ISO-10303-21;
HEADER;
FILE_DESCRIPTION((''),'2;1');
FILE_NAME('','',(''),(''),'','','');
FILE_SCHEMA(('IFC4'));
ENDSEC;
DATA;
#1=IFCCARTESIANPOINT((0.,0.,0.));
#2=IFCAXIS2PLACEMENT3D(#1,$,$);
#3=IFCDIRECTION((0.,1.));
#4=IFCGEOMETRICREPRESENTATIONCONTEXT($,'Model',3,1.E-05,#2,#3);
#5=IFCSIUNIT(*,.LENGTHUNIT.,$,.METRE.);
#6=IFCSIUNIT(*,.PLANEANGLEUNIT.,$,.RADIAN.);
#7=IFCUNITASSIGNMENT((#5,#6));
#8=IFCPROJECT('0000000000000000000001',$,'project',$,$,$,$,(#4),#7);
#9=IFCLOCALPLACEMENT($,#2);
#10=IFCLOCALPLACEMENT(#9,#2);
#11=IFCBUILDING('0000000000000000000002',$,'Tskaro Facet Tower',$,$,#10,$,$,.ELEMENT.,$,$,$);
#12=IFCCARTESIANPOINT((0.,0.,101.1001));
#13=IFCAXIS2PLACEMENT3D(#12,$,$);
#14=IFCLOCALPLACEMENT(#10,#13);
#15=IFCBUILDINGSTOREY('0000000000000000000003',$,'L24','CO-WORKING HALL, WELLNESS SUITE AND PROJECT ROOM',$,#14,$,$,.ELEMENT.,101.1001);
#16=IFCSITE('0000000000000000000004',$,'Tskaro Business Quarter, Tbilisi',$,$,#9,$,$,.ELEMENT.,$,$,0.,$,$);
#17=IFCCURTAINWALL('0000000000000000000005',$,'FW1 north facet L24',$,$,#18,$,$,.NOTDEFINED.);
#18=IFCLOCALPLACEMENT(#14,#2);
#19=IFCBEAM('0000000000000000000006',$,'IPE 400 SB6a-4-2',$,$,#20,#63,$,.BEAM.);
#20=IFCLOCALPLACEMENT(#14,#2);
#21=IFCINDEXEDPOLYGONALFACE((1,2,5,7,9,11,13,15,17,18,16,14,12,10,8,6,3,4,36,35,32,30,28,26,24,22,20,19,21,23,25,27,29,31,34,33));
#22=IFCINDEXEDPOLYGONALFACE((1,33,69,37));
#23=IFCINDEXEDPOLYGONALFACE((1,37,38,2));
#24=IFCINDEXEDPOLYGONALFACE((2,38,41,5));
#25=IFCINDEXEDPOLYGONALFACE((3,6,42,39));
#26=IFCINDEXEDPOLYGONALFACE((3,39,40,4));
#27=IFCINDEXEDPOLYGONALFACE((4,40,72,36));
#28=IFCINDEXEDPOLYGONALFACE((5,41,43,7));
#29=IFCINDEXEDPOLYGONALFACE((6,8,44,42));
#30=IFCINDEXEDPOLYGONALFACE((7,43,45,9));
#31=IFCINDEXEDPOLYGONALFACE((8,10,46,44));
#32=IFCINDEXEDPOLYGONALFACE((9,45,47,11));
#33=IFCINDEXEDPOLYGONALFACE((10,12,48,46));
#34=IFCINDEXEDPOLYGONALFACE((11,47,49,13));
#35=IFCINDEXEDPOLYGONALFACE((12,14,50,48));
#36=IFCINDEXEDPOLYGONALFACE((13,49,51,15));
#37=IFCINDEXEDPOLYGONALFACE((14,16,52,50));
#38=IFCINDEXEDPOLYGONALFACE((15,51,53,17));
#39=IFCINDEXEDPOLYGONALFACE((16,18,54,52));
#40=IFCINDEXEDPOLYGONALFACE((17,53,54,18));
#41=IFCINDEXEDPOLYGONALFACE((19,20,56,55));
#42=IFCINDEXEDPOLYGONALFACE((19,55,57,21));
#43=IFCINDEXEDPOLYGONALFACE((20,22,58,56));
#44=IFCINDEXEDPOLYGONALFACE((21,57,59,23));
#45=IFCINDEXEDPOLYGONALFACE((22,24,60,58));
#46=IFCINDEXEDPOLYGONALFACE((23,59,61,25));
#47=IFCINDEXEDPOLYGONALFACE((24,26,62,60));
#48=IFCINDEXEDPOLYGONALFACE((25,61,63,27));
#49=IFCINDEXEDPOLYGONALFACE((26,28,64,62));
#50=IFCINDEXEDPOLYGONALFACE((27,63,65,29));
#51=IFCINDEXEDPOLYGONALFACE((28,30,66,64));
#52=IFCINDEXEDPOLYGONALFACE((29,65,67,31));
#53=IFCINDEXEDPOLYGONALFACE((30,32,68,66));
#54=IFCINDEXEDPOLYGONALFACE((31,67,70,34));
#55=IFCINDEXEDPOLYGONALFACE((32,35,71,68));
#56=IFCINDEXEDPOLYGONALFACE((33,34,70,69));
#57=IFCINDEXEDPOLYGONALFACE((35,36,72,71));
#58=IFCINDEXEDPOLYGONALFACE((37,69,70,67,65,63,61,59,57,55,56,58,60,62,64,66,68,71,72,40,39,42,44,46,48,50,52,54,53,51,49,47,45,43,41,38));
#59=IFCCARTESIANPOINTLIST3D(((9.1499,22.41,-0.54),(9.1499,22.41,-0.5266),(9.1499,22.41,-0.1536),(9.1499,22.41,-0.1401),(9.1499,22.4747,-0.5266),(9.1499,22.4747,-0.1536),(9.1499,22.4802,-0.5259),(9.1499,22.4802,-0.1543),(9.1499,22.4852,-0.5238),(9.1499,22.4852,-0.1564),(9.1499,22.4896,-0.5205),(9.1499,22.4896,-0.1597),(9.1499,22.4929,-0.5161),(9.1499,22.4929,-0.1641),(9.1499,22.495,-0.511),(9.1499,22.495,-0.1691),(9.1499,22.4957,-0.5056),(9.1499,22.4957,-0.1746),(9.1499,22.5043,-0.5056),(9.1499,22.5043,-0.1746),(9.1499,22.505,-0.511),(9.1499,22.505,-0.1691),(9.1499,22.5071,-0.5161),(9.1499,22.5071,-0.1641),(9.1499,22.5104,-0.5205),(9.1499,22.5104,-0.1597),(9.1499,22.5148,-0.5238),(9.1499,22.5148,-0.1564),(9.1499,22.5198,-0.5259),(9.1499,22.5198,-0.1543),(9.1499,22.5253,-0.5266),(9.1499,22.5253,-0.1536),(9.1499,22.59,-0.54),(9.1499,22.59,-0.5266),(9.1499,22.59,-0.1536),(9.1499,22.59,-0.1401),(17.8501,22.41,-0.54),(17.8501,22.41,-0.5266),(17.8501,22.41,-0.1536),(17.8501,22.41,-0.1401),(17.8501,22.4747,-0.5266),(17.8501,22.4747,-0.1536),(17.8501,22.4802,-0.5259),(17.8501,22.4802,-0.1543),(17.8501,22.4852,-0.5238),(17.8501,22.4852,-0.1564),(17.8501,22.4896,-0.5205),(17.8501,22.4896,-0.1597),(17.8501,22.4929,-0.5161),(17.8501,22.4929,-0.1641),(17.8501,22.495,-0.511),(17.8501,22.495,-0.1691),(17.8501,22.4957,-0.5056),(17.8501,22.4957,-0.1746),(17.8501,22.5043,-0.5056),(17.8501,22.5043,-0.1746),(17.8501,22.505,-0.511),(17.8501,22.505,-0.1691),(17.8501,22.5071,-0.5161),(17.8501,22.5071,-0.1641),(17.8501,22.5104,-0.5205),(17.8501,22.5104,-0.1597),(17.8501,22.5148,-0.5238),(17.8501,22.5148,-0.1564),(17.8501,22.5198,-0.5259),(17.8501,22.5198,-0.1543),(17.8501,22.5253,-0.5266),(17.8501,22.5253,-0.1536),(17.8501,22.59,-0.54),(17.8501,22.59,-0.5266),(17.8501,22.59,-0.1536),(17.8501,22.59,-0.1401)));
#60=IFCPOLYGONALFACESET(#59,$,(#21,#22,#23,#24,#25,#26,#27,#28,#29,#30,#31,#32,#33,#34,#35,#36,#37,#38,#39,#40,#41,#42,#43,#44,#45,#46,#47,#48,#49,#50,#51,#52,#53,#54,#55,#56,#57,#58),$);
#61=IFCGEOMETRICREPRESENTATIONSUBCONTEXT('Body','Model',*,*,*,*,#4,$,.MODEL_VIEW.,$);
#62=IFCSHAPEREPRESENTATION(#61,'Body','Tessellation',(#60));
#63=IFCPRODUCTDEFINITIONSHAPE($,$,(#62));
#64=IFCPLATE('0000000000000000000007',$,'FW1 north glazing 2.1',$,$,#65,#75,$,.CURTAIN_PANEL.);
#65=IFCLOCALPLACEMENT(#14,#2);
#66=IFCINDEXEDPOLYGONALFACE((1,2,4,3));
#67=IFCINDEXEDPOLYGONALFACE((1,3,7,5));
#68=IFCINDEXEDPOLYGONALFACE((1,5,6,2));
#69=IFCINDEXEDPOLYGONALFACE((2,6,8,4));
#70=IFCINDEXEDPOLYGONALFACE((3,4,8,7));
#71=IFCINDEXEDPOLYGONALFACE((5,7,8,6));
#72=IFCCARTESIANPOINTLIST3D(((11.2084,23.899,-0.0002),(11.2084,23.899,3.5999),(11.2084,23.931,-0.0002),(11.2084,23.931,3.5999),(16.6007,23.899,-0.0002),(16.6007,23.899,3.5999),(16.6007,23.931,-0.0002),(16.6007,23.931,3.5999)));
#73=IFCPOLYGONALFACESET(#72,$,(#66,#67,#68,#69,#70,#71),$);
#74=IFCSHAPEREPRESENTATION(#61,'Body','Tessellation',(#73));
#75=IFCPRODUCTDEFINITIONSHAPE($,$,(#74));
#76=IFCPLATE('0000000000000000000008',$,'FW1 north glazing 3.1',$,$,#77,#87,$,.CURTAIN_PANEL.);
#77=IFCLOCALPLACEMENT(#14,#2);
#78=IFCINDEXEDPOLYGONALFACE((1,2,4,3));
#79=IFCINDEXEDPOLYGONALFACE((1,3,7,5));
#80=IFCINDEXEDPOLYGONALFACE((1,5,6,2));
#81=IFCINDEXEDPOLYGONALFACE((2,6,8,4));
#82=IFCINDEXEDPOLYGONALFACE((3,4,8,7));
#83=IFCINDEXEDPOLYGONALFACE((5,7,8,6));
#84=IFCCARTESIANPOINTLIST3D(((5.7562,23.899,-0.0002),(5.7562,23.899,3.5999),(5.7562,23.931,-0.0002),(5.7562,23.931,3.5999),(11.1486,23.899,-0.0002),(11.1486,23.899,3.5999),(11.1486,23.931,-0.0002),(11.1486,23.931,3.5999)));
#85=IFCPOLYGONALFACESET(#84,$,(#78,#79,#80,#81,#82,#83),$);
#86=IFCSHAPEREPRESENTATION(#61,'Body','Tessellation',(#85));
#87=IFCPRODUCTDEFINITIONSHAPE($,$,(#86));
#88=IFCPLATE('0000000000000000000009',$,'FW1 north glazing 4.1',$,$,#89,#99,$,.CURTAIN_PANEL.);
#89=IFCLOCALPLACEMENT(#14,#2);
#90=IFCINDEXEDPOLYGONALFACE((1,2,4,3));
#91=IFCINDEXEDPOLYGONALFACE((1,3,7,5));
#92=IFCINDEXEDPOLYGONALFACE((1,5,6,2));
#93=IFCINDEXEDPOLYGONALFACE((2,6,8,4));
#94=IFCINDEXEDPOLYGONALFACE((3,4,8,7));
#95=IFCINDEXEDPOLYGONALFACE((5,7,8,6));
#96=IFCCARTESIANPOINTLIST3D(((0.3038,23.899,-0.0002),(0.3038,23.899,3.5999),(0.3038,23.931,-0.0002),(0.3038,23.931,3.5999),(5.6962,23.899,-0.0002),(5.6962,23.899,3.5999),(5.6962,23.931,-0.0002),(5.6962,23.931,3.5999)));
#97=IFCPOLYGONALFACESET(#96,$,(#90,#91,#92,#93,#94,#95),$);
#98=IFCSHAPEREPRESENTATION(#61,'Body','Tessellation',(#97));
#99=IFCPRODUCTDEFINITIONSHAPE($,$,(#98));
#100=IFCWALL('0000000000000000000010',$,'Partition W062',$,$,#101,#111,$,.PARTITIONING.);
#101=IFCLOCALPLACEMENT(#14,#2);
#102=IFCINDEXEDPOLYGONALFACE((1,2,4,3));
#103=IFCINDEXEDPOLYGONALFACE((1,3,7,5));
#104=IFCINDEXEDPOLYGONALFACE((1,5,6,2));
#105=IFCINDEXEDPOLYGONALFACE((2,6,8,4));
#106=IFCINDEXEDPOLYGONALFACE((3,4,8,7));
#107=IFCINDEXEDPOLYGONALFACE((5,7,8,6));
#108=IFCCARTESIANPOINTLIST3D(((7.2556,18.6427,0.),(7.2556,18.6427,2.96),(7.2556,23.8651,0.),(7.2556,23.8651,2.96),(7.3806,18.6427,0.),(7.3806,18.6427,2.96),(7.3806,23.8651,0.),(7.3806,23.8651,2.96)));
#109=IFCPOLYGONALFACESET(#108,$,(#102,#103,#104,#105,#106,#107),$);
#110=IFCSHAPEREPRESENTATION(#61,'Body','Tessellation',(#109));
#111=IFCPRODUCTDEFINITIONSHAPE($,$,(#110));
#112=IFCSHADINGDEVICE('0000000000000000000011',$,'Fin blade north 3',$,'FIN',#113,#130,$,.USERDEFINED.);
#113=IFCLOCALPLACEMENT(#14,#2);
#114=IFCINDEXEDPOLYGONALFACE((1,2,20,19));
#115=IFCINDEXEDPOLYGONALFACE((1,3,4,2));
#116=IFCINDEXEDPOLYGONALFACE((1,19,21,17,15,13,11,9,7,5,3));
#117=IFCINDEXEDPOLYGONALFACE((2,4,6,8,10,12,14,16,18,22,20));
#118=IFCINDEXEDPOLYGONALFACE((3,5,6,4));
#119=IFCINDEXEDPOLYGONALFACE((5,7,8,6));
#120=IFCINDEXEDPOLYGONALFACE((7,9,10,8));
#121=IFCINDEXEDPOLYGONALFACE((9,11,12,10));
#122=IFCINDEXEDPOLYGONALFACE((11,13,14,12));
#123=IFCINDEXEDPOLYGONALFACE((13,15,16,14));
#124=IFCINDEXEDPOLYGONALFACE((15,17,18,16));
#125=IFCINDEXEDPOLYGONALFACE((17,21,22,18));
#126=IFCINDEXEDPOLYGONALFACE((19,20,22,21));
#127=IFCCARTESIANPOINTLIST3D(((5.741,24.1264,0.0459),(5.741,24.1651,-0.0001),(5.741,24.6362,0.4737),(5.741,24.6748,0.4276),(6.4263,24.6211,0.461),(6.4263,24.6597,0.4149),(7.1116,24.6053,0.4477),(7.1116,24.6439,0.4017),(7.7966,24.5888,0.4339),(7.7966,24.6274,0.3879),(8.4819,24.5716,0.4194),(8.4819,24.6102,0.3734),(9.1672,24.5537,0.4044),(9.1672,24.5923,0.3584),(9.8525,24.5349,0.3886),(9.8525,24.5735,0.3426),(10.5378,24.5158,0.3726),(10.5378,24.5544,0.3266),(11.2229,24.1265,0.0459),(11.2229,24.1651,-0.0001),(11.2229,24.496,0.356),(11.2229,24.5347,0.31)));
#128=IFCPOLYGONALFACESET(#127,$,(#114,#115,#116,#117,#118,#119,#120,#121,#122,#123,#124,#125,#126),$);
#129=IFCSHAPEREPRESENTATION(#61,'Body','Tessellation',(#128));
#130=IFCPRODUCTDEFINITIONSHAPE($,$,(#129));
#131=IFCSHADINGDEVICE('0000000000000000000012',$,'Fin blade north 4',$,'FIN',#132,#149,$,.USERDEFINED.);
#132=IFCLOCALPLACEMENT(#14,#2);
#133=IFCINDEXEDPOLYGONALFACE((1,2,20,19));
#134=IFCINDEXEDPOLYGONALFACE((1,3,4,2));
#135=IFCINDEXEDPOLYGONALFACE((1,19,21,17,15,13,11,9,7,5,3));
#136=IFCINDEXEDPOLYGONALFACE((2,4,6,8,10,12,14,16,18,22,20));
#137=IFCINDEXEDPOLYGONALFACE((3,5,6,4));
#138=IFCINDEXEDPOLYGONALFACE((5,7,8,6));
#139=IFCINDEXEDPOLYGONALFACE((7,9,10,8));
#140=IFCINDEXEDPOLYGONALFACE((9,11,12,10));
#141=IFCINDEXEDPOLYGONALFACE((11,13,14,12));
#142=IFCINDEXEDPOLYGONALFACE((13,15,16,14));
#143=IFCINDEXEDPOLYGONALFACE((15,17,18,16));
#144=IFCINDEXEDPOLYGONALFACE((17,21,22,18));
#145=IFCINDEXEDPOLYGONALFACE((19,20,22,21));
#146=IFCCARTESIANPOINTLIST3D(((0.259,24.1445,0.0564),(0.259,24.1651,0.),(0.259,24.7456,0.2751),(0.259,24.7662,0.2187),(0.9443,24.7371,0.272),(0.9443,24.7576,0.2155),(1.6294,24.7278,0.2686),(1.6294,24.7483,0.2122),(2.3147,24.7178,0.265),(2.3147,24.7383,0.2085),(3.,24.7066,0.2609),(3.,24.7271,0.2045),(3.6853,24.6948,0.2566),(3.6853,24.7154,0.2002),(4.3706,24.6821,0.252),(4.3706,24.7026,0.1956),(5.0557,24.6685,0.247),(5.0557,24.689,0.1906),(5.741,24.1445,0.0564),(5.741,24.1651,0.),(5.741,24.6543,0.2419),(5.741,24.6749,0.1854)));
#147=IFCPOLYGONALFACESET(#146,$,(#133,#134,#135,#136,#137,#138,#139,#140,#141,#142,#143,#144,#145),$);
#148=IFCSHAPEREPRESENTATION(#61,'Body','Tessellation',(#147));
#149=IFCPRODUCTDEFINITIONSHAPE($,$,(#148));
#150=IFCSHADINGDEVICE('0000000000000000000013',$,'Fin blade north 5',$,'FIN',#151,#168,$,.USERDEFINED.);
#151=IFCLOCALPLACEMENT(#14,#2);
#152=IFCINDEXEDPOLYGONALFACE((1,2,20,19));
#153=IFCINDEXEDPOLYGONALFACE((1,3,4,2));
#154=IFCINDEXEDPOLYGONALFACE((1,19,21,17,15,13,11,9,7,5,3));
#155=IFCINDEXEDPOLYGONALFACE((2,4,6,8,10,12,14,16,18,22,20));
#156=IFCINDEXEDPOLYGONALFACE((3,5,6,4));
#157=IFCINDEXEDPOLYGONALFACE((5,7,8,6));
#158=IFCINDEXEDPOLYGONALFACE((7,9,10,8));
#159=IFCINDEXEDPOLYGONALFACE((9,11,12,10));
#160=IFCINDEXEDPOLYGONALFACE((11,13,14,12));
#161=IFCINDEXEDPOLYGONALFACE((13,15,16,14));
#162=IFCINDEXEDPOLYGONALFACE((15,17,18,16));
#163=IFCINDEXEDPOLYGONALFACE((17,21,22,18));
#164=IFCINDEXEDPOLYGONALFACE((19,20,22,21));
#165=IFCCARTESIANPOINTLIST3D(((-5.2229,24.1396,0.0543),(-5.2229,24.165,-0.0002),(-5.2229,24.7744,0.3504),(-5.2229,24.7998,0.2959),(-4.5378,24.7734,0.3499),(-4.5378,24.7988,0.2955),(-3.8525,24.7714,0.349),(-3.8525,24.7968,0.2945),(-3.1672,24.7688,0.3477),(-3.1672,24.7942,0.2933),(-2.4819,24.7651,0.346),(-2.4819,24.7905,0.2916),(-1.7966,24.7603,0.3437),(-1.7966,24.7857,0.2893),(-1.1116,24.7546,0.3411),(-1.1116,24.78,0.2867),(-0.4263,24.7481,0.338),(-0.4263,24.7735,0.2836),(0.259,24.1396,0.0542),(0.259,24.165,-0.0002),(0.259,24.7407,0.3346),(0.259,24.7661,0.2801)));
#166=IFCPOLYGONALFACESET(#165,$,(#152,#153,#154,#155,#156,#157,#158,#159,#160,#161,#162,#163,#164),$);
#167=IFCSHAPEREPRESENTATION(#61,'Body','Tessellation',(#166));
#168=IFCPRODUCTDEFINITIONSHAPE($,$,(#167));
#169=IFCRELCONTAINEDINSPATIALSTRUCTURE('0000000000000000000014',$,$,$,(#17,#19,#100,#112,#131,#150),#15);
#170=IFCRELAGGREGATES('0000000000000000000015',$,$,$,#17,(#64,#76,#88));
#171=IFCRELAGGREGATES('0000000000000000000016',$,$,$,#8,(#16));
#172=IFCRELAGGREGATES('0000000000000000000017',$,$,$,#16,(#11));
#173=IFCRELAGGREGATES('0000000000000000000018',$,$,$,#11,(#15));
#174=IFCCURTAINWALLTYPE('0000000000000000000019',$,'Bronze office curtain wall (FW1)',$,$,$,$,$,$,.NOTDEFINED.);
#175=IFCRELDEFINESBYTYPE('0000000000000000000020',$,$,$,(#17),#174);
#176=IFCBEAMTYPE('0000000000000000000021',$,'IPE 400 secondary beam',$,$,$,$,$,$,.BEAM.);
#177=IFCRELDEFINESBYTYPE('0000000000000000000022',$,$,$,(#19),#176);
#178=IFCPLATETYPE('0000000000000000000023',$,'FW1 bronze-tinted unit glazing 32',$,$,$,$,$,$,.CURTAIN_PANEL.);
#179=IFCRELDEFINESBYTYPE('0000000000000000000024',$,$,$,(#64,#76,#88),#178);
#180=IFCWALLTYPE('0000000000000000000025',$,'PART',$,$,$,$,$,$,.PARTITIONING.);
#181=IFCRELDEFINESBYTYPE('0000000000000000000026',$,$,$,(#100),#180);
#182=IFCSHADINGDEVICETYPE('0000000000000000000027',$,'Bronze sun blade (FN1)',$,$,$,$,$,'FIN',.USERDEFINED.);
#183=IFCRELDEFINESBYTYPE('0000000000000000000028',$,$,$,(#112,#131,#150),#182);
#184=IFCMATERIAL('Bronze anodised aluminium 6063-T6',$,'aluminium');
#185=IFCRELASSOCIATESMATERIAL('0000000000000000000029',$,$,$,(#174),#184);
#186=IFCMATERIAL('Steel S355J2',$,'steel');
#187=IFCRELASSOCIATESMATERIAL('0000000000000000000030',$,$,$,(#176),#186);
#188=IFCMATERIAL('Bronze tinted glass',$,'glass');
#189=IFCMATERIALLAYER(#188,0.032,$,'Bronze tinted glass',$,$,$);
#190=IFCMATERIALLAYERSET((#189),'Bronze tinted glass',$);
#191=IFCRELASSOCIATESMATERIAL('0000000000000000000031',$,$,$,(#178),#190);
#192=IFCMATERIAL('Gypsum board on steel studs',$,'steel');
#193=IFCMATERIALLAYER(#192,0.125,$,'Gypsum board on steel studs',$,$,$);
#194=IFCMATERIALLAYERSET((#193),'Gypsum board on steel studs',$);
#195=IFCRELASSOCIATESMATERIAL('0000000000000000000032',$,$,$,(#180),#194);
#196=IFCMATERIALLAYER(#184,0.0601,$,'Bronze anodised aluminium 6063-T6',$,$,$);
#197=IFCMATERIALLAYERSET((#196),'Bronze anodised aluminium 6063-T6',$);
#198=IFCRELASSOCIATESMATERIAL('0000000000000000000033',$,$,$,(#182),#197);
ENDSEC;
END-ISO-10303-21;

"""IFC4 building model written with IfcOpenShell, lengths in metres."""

from ifc_helpers import new_model, si_unit, direction, frame, frame_2d, origin, origin_2d, place, context, subcontext, project, spatial, polyline, rectangle, i_section, outline, extrude, material, layer, layer_set, material_profile, profile_set, type_object, element, aggregate, save


model = new_model("IFC4")

# Units and contexts
model_context = context("Model", 3, precision=1e-05, world=origin(), true_north=direction((0.0, 1.0)))
body_context = subcontext(model_context, "Body", "Model", "MODEL_VIEW")
ifc_project = project(units=[si_unit("LENGTHUNIT", "METRE"), si_unit("PLANEANGLEUNIT", "RADIAN")], contexts=[model_context])

# Site, building, storey
site_placement = place(None, origin())
site = spatial("IfcSite", under=ifc_project, at=site_placement, Name="Tskaro Business Quarter, Tbilisi", CompositionType="ELEMENT", RefElevation=0.0)
building_placement = place(site_placement, origin())
building = spatial("IfcBuilding", under=site, at=building_placement, Name="Tskaro Facet Tower", CompositionType="ELEMENT")
storey_placement = place(building_placement, frame((0.0, 0.0, 101.1001)))
storey = spatial("IfcBuildingStorey", under=building, at=storey_placement, Name="L24", Description="CO-WORKING HALL, WELLNESS SUITE AND PROJECT ROOM", CompositionType="ELEMENT", Elevation=101.1001)

# Curtain wall
ifc_material_1 = material(Name="Bronze anodised aluminium 6063-T6", Category="aluminium")
curtain_wall_type = type_object("IfcCurtainWallType", Name="Bronze office curtain wall (FW1)", PredefinedType="NOTDEFINED", material=ifc_material_1)
curtain_wall_placement = place(storey_placement, origin())
curtain_wall = element("IfcCurtainWall", 1, at=curtain_wall_placement, inside=storey, type_object=curtain_wall_type, Name="FW1 north facet L24", PredefinedType="NOTDEFINED")

# Beam
ifc_material_2 = material(Name="Steel S355J2", Category="steel")
ifc_material_profile_1 = material_profile(ifc_material_2, i_section(OverallWidth=0.1799, OverallDepth=0.3999, WebThickness=0.0085, FlangeThickness=0.0134, FilletRadius=0.021, at=origin_2d()), Name="IPE 400")
ifc_profile_set_1 = profile_set([ifc_material_profile_1], Name="Steel S355J2")
beam_type_1 = type_object("IfcBeamType", Name="IPE 400 secondary beam", PredefinedType="BEAM", material=ifc_profile_set_1)
for number, where, z_axis, x_axis, name in (
    (2, (9.1499, 22.5, -0.3401), (1.0, 0.0, 0.0), (0.0, 1.0, 0.0), "IPE 400 SB6a-4-2"),
):
    element("IfcBeam", number, at=place(storey_placement, frame(where, z_axis=z_axis, x_axis=x_axis)), inside=storey, type_object=beam_type_1, Name=name, PredefinedType="BEAM", context=body_context, shape_type="SweptSolid", body=[
        extrude(i_section(OverallWidth=0.1799, OverallDepth=0.3999, WebThickness=0.0085, FlangeThickness=0.0134, FilletRadius=0.021, at=origin_2d()), origin(), (0.0, 0.0, 1.0), 8.7002),
    ])

# Plates
ifc_material_3 = material(Name="Bronze tinted glass", Category="glass")
ifc_layer_1 = layer(ifc_material_3, 0.032, Name="Bronze tinted glass")
ifc_layer_set_1 = layer_set([ifc_layer_1], Name="Bronze tinted glass")
plate_type = type_object("IfcPlateType", Name="FW1 bronze-tinted unit glazing 32", PredefinedType="CURTAIN_PANEL", material=ifc_layer_set_1)
plate_1_placement = place(storey_placement, frame((13.9045, 23.915, -0.0002), z_axis=(0.0, 0.0, 1.0), x_axis=(-1.0, 0.0, 0.0)))
plate_1 = element("IfcPlate", 3, at=plate_1_placement, type_object=plate_type, Name="FW1 north glazing 2.1", PredefinedType="CURTAIN_PANEL", context=body_context, shape_type="SweptSolid", body=[
    extrude(rectangle(XDim=5.3923, YDim=0.032, at=origin_2d()), origin(), (0.0, 0.0, 1.0), 3.6001),
])
plate_2_placement = place(storey_placement, frame((8.4524, 23.915, -0.0002), z_axis=(0.0, 0.0, 1.0), x_axis=(-1.0, 0.0, 0.0)))
plate_2 = element("IfcPlate", 4, at=plate_2_placement, type_object=plate_type, Name="FW1 north glazing 3.1", PredefinedType="CURTAIN_PANEL", context=body_context, shape_type="SweptSolid", body=[
    extrude(rectangle(XDim=5.3923, YDim=0.032, at=origin_2d()), origin(), (0.0, 0.0, 1.0), 3.6001),
])
plate_3_placement = place(storey_placement, frame((3.0, 23.915, -0.0002), z_axis=(0.0, 0.0, 1.0), x_axis=(-1.0, 0.0, 0.0)))
plate_3 = element("IfcPlate", 5, at=plate_3_placement, type_object=plate_type, Name="FW1 north glazing 4.1", PredefinedType="CURTAIN_PANEL", context=body_context, shape_type="SweptSolid", body=[
    extrude(rectangle(XDim=5.3923, YDim=0.032, at=origin_2d()), origin(), (0.0, 0.0, 1.0), 3.6001),
])
aggregate(curtain_wall, [plate_1, plate_2, plate_3])

# Wall
ifc_material_4 = material(Name="Gypsum board on steel studs", Category="steel")
ifc_layer_2 = layer(ifc_material_4, 0.125, Name="Gypsum board on steel studs")
ifc_layer_set_2 = layer_set([ifc_layer_2], Name="Gypsum board on steel studs")
wall_type = type_object("IfcWallType", Name="PART", PredefinedType="PARTITIONING", material=ifc_layer_set_2)
wall_placement = place(storey_placement, frame((7.3181, 18.6426, 0.0), z_axis=(0.0, 0.0, 1.0), x_axis=(0.0, 1.0, 0.0)))
element("IfcWall", 6, at=wall_placement, inside=storey, type_object=wall_type, Name="Partition W062", PredefinedType="PARTITIONING", context=body_context, shape_type="SweptSolid", body=[
    extrude(rectangle(XDim=5.2224, YDim=0.125, at=frame_2d((2.6113, 0.0))), origin(), (0.0, 0.0, 1.0), 2.96),
])

# Shading devices
ifc_layer_3 = layer(ifc_material_1, 0.0601, Name="Bronze anodised aluminium 6063-T6")
ifc_layer_set_3 = layer_set([ifc_layer_3], Name="Bronze anodised aluminium 6063-T6")
shading_device_type = type_object("IfcShadingDeviceType", Name="Bronze sun blade (FN1)", ElementType="FIN", PredefinedType="USERDEFINED", material=ifc_layer_set_3)
shading_device_1_placement = place(storey_placement, frame((11.2229, 24.1265, 0.0459), z_axis=(0.000005, -0.64278, 0.766051), x_axis=(-1.0, -0.000003, 0.000004)))
element("IfcShadingDevice", 7, at=shading_device_1_placement, inside=storey, type_object=shading_device_type, Name="Fin blade north 3", ObjectType="FIN", PredefinedType="USERDEFINED", context=body_context, shape_type="SweptSolid", body=[
    extrude(outline(polyline([(0.0, 0.0), (5.4819, 0.0), (5.4819, -0.6654), (4.7966, -0.6457), (4.1113, -0.6251), (3.4263, -0.6036), (2.741, -0.581), (2.0557, -0.5577), (1.3704, -0.5332), (0.6851, -0.5083), (0.0, -0.4825), (0.0, 0.0)])), origin(), (0.0, 0.0, -1.0), 0.0601),
])
shading_device_2_placement = place(storey_placement, frame((5.741, 24.1445, 0.0564), z_axis=(-0.000001, -0.341916, 0.939731), x_axis=(-1.0, 0.0, -0.000001)))
element("IfcShadingDevice", 8, at=shading_device_2_placement, inside=storey, type_object=shading_device_type, Name="Fin blade north 4", ObjectType="FIN", PredefinedType="USERDEFINED", context=body_context, shape_type="SweptSolid", body=[
    extrude(outline(polyline([(0.0, 0.0), (5.4819, 0.0), (5.4819, -0.6396), (4.7966, -0.6305), (4.1116, -0.6206), (3.4263, -0.61), (2.741, -0.5981), (2.0557, -0.5856), (1.3704, -0.5721), (0.6853, -0.5575), (0.0, -0.5425), (0.0, 0.0)])), origin(), (0.0, 0.0, -1.0), 0.0601),
])
shading_device_3_placement = place(storey_placement, frame((0.259, 24.1396, 0.0542), z_axis=(0.000012, -0.422748, 0.906247), x_axis=(-1.0, -0.000005, 0.000011)))
element("IfcShadingDevice", 9, at=shading_device_3_placement, inside=storey, type_object=shading_device_type, Name="Fin blade north 5", ObjectType="FIN", PredefinedType="USERDEFINED", context=body_context, shape_type="SweptSolid", body=[
    extrude(outline(polyline([(0.0, 0.0), (5.4819, 0.0), (5.4819, -0.7004), (4.7969, -0.6994), (4.1116, -0.6972), (3.4263, -0.6942), (2.741, -0.6902), (2.0557, -0.6848), (1.3706, -0.6786), (0.6853, -0.6714), (0.0, -0.6632), (0.0, 0.0)])), origin(), (0.0, 0.0, -1.0), 0.0601),
])

save(model, "model.ifc")
